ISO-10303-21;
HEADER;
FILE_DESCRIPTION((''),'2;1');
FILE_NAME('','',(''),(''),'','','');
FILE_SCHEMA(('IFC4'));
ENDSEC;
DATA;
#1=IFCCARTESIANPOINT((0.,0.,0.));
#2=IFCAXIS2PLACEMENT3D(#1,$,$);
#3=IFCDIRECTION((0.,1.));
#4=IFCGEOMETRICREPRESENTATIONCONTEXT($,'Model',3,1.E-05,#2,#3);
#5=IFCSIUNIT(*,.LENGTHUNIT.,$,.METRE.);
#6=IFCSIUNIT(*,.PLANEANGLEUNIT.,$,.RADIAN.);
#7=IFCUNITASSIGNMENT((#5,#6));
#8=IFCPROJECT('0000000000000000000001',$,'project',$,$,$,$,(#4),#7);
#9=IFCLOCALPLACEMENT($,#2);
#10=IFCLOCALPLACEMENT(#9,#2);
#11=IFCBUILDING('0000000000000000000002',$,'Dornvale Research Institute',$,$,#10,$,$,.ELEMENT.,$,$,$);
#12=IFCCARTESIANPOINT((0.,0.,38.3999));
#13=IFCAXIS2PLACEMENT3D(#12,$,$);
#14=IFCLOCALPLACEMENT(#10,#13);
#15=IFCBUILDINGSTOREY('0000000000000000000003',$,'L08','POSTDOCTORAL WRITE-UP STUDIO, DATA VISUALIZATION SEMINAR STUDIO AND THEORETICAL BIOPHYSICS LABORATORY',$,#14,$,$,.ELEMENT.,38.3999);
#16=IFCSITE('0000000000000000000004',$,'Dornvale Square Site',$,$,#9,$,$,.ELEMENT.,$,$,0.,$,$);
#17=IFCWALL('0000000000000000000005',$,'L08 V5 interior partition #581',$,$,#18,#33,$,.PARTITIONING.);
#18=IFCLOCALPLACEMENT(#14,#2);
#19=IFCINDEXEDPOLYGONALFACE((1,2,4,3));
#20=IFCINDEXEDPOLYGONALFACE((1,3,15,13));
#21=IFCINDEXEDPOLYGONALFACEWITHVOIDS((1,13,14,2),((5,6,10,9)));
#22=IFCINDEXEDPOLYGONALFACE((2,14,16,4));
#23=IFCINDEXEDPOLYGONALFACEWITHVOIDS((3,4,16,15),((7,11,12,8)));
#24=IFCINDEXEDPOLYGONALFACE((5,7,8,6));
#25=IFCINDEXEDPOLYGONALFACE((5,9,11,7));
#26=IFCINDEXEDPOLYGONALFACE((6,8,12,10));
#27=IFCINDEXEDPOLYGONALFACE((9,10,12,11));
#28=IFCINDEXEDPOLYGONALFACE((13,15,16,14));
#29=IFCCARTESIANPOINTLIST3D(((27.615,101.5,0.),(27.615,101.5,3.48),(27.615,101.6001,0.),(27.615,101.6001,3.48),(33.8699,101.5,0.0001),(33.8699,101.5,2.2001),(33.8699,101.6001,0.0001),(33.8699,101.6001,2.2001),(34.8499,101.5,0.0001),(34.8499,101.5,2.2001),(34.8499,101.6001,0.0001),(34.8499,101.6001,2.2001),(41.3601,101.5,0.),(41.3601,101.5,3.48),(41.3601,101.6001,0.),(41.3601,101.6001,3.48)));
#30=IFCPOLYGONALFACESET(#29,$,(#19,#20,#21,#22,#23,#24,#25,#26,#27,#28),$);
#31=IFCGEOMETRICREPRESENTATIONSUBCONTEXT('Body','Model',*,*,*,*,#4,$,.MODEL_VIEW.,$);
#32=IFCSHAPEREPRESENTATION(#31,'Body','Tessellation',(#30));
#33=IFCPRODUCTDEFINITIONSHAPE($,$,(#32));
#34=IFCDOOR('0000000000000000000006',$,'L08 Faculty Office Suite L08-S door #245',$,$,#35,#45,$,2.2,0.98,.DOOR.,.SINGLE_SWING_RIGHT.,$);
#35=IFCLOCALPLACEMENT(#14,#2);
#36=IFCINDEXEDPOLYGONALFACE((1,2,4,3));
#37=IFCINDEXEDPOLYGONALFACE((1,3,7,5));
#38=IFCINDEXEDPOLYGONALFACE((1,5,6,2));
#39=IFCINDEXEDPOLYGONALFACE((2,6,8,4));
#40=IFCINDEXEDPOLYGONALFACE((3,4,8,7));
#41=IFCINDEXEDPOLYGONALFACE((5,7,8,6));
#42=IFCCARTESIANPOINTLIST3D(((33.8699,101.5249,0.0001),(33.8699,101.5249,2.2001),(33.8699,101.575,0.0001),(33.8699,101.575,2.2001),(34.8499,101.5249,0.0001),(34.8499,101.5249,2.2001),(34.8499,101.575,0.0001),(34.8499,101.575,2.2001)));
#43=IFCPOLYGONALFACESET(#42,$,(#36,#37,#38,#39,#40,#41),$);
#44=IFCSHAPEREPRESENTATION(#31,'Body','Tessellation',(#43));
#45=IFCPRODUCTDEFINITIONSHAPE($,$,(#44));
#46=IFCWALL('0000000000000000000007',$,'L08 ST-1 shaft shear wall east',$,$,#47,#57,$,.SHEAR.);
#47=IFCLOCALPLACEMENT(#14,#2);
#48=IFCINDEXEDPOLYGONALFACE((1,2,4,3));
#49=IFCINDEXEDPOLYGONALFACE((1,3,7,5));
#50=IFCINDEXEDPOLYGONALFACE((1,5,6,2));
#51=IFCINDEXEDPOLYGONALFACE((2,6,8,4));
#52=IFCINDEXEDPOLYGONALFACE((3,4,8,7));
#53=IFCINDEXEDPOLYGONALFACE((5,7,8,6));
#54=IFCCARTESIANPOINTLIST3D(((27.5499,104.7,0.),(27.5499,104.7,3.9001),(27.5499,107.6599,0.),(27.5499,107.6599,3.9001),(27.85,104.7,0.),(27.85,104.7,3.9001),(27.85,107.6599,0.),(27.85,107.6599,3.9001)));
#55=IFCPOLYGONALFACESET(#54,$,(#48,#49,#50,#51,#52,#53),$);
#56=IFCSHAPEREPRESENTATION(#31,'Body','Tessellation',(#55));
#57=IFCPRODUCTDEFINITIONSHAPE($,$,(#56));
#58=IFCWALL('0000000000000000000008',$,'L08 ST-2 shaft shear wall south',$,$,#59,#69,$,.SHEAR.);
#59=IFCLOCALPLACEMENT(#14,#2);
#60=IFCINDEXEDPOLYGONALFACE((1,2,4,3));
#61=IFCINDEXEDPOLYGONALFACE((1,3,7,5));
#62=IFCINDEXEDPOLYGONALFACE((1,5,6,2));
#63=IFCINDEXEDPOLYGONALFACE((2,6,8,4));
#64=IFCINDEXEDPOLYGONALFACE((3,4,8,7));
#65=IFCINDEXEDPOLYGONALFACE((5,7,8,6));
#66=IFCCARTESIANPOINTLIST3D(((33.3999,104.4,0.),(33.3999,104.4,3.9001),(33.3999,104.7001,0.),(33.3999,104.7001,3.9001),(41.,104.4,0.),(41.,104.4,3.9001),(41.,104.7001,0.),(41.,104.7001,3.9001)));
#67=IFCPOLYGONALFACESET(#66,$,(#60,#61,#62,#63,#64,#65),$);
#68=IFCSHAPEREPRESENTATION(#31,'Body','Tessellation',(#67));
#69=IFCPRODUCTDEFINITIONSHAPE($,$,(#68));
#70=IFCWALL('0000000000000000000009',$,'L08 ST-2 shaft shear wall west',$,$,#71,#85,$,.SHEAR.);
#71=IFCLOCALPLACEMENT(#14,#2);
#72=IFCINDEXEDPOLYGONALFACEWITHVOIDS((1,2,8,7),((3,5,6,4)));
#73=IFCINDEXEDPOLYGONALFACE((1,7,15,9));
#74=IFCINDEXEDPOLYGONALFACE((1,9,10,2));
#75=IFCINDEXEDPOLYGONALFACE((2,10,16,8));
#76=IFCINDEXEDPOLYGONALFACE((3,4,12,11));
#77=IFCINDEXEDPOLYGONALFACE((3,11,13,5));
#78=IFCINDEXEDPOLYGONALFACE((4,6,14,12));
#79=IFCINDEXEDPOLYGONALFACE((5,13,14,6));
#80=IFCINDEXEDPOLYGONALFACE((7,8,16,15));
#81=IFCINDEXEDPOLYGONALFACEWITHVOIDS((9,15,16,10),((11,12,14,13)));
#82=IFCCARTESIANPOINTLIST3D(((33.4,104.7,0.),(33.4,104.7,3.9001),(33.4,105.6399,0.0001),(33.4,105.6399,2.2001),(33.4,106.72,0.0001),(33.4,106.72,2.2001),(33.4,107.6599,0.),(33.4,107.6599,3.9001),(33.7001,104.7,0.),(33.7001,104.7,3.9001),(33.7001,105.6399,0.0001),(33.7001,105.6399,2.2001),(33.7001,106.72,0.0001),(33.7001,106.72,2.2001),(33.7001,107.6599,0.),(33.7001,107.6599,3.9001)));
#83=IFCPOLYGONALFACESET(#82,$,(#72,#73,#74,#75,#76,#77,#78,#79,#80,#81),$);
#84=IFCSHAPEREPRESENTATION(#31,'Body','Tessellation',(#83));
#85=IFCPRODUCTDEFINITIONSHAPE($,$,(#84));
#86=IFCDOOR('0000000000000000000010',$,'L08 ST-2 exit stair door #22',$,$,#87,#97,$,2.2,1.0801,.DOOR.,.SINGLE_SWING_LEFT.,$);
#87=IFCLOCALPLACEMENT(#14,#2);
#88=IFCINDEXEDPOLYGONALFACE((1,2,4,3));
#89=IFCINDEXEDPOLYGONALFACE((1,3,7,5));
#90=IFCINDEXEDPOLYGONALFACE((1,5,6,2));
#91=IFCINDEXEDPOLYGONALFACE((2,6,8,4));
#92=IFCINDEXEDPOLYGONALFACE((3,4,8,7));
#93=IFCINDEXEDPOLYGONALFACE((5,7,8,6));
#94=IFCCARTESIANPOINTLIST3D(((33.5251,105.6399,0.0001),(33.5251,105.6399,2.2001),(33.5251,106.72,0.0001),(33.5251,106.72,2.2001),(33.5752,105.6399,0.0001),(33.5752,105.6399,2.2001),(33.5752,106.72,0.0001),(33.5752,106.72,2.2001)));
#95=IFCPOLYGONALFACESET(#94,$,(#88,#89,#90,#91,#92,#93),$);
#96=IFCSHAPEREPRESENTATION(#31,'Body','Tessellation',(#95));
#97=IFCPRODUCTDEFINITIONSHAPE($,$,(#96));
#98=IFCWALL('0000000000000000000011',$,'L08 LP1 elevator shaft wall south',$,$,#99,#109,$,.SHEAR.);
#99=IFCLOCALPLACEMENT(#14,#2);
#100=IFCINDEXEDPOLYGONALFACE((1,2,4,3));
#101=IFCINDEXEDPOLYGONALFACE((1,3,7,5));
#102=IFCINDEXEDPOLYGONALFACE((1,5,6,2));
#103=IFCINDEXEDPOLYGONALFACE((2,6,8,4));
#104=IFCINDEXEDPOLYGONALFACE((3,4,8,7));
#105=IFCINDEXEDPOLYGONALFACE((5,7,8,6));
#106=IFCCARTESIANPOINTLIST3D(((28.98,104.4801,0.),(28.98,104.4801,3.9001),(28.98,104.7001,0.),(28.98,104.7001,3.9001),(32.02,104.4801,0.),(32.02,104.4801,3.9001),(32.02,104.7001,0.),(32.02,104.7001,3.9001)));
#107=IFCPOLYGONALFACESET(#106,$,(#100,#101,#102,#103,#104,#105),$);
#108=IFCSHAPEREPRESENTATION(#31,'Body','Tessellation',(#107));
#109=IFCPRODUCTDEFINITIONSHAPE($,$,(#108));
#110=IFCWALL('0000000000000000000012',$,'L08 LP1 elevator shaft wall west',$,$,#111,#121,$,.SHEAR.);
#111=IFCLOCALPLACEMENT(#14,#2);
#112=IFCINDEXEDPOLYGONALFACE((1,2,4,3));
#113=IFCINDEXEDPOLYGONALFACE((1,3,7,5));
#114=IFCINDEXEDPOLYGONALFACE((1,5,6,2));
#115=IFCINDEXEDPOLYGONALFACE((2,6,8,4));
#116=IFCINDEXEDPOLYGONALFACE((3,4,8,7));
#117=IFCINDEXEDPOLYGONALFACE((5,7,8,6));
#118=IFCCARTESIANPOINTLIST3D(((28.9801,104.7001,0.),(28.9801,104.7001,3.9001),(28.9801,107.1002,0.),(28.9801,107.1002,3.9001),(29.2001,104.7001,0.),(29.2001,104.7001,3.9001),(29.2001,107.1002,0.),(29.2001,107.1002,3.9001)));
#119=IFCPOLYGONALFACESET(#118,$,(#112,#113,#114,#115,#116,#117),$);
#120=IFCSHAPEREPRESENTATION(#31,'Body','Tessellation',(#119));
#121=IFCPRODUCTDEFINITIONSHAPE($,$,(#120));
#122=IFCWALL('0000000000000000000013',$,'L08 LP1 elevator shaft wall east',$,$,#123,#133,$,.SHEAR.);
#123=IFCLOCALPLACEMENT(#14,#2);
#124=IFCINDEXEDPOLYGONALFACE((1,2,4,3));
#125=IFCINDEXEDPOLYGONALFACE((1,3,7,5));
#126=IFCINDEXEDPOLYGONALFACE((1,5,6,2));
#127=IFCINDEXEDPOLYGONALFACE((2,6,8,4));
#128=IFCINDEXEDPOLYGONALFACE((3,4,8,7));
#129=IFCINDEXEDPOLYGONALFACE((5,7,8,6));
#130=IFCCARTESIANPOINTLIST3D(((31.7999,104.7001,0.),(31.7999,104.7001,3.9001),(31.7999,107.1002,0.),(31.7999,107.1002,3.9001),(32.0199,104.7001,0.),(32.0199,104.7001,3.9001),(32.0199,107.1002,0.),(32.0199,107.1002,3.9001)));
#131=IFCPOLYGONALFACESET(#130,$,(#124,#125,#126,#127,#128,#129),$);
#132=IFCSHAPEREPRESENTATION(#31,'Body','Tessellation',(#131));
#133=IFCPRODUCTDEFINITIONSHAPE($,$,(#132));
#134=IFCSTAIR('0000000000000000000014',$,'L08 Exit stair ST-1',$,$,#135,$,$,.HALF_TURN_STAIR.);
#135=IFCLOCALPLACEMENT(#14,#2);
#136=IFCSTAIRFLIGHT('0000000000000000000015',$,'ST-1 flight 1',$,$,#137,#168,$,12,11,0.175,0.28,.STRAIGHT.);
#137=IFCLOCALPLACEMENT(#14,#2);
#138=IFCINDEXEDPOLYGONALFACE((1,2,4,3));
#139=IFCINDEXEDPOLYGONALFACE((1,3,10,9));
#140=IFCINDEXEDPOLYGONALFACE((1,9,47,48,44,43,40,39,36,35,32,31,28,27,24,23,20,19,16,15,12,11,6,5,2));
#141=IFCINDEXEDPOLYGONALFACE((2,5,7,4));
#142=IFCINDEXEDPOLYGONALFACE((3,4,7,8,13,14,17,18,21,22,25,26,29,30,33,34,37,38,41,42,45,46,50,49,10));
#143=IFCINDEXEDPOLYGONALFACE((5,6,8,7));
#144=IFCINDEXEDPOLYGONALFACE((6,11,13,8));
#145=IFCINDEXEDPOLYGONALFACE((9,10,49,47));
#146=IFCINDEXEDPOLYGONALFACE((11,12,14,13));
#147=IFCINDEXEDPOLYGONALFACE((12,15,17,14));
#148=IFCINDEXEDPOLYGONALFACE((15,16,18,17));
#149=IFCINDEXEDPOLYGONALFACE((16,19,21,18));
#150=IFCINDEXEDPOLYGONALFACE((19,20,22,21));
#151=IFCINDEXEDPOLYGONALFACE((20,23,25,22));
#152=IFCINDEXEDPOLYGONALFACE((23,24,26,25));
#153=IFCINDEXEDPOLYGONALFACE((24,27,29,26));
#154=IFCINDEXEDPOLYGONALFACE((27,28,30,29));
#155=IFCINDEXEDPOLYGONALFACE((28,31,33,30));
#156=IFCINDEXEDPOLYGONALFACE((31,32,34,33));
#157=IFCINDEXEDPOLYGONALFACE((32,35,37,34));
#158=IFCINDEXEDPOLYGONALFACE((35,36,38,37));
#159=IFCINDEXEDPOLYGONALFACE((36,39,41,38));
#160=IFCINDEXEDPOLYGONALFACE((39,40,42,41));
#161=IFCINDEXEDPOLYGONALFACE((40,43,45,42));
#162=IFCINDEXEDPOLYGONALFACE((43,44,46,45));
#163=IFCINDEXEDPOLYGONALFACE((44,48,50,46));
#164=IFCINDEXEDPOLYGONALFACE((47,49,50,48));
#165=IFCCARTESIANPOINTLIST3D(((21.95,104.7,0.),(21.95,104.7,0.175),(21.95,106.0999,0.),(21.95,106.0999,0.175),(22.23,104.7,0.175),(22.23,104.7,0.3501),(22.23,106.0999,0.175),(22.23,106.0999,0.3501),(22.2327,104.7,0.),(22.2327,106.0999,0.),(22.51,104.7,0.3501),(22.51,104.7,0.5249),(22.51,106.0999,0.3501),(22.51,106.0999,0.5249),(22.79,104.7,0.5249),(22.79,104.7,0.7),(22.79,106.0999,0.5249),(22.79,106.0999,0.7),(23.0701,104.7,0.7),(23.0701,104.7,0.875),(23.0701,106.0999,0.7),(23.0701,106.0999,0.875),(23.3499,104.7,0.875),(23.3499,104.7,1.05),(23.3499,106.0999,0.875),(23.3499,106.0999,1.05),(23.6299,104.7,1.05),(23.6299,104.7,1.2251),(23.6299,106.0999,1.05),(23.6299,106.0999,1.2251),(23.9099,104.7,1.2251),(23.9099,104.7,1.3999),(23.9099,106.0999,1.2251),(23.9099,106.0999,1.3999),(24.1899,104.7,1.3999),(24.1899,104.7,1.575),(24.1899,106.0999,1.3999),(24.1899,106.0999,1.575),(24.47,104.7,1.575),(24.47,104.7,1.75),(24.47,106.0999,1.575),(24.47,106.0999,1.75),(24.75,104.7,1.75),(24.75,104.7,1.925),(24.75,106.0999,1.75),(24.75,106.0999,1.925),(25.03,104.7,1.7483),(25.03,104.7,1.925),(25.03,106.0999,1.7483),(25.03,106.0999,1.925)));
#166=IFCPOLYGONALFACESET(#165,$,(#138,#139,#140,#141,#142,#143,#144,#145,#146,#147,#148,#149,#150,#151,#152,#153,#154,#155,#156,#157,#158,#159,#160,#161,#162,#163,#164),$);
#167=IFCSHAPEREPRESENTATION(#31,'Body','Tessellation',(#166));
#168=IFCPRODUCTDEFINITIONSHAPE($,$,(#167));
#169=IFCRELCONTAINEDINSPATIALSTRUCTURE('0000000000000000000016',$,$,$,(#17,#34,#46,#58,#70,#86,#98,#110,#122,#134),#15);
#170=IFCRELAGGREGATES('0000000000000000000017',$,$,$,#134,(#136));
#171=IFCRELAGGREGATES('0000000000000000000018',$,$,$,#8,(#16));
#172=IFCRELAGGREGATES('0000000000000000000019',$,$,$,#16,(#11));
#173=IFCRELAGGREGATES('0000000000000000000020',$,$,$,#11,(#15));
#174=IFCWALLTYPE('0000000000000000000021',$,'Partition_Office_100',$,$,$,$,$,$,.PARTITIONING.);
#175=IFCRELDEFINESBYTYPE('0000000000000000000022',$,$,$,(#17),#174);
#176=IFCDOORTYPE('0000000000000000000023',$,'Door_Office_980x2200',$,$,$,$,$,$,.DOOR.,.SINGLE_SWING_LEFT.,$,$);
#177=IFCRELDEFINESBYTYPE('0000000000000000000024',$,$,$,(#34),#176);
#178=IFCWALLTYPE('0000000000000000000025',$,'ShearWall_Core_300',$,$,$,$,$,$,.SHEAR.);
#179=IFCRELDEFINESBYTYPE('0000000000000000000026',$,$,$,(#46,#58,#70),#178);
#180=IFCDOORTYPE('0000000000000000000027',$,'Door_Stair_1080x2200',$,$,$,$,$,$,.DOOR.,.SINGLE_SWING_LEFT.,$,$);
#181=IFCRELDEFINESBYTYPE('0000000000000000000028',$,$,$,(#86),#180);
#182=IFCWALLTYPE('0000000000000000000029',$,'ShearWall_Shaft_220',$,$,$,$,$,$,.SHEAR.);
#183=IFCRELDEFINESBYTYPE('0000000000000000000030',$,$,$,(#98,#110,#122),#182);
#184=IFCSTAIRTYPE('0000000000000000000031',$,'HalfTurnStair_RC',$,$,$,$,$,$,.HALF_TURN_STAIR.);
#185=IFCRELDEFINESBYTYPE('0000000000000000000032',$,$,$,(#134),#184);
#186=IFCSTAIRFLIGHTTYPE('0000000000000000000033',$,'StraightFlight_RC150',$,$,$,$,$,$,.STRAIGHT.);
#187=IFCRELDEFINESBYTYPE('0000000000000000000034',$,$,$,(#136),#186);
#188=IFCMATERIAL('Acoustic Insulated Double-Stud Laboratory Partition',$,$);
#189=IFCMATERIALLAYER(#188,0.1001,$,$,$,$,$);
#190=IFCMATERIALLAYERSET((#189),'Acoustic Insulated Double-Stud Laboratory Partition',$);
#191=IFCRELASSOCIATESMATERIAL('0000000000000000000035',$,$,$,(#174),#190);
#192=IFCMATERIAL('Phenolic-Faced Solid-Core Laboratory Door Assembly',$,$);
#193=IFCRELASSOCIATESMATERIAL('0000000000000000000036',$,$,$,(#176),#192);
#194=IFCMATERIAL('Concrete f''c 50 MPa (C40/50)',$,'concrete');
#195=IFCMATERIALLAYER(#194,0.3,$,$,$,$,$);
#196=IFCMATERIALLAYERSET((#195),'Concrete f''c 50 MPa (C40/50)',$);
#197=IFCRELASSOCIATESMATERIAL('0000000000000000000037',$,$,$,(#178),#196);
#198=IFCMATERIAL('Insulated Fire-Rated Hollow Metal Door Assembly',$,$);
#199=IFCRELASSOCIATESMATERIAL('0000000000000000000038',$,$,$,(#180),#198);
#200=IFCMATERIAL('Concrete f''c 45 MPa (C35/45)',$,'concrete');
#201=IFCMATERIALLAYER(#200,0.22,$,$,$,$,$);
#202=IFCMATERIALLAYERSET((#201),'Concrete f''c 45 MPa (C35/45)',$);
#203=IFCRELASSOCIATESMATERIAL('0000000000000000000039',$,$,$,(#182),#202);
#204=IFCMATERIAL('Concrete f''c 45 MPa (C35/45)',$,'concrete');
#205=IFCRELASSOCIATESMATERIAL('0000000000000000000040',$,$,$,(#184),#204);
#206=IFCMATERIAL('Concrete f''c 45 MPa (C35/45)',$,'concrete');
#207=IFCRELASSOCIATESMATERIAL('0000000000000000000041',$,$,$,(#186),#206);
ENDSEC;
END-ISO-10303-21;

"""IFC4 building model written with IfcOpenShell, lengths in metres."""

from ifc_helpers import new_model, si_unit, direction, frame, frame_2d, origin, place, context, subcontext, project, spatial, polyline, rectangle, outline, extrude, material, layer, layer_set, type_object, element, fill, aggregate, save


model = new_model("IFC4")

# Units and contexts
model_context = context("Model", 3, precision=1e-05, world=origin(), true_north=direction((0.0, 1.0)))
body_context = subcontext(model_context, "Body", "Model", "MODEL_VIEW")
ifc_project = project(units=[si_unit("LENGTHUNIT", "METRE"), si_unit("PLANEANGLEUNIT", "RADIAN")], contexts=[model_context])

# Site, building, storey
site_placement = place(None, origin())
site = spatial("IfcSite", under=ifc_project, at=site_placement, Name="Dornvale Square Site", CompositionType="ELEMENT", RefElevation=0.0)
building_placement = place(site_placement, origin())
building = spatial("IfcBuilding", under=site, at=building_placement, Name="Dornvale Research Institute", CompositionType="ELEMENT")
storey_placement = place(building_placement, frame((0.0, 0.0, 38.3999)))
storey = spatial("IfcBuildingStorey", under=building, at=storey_placement, Name="L08", Description="POSTDOCTORAL WRITE-UP STUDIO, DATA VISUALIZATION SEMINAR STUDIO AND THEORETICAL BIOPHYSICS LABORATORY", CompositionType="ELEMENT", Elevation=38.3999)

# Wall, opening, door
ifc_material_1 = material(Name="Acoustic Insulated Double-Stud Laboratory Partition")
ifc_layer_1 = layer(ifc_material_1, 0.1001)
ifc_layer_set_1 = layer_set([ifc_layer_1], Name="Acoustic Insulated Double-Stud Laboratory Partition")
wall_type_1 = type_object("IfcWallType", Name="Partition_Office_100", PredefinedType="PARTITIONING", material=ifc_layer_set_1)
wall_1_placement = place(storey_placement, frame((27.615, 101.55, 0.0), z_axis=(0.0, 0.0, 1.0), x_axis=(1.0, 0.0, 0.0)))
wall_1 = element("IfcWall", 1, at=wall_1_placement, inside=storey, type_object=wall_type_1, Name="L08 V5 interior partition #581", PredefinedType="PARTITIONING", context=body_context, shape_type="SweptSolid", body=[
    extrude(rectangle(XDim=13.7451, YDim=0.1001, at=frame_2d((6.8726, 0.0))), origin(), (0.0, 0.0, 1.0), 3.48),
])
opening_1_placement = place(wall_1_placement, frame((6.2549, 0.0, 0.0)))
opening_1 = element("IfcOpeningElement", 2, at=opening_1_placement, cuts=wall_1, PredefinedType="OPENING", context=body_context, shape_type="SweptSolid", body=[
    extrude(rectangle(XDim=0.98, YDim=2.2, at=frame_2d((0.49, 1.1001))), frame((0.0, 0.0649, 0.0), z_axis=(0.0, -1.0, 0.0), x_axis=(1.0, 0.0, 0.0)), (0.0, 0.0, 1.0), 0.1301),
])
ifc_material_2 = material(Name="Phenolic-Faced Solid-Core Laboratory Door Assembly")
door_type_1 = type_object("IfcDoorType", Name="Door_Office_980x2200", OperationType="SINGLE_SWING_LEFT", PredefinedType="DOOR", material=ifc_material_2)
door_1_placement = place(opening_1_placement, origin())
door_1 = element("IfcDoor", 3, at=door_1_placement, inside=storey, type_object=door_type_1, Name="L08 Faculty Office Suite L08-S door #245", OperationType="SINGLE_SWING_RIGHT", OverallHeight=2.2, OverallWidth=0.98, PredefinedType="DOOR", context=body_context, shape_type="SweptSolid", body=[
    extrude(rectangle(XDim=0.98, YDim=2.2, at=frame_2d((0.49, 1.1001))), frame((0.0, 0.0249, 0.0), z_axis=(0.0, -1.0, 0.0), x_axis=(1.0, 0.0, 0.0)), (0.0, 0.0, 1.0), 0.05),
])
fill(opening_1, door_1)

# Walls
ifc_material_3 = material(Name="Concrete f'c 50 MPa (C40/50)", Category="concrete")
ifc_layer_2 = layer(ifc_material_3, 0.3)
ifc_layer_set_2 = layer_set([ifc_layer_2], Name="Concrete f'c 50 MPa (C40/50)")
wall_type_2 = type_object("IfcWallType", Name="ShearWall_Core_300", PredefinedType="SHEAR", material=ifc_layer_set_2)
wall_2_placement = place(storey_placement, frame((27.7, 104.7, 0.0), z_axis=(0.0, 0.0, 1.0), x_axis=(0.0, 1.0, 0.0)))
element("IfcWall", 4, at=wall_2_placement, inside=storey, type_object=wall_type_2, Name="L08 ST-1 shaft shear wall east", PredefinedType="SHEAR", context=body_context, shape_type="SweptSolid", body=[
    extrude(rectangle(XDim=2.96, YDim=0.3, at=frame_2d((1.48, 0.0))), origin(), (0.0, 0.0, 1.0), 3.9001),
])
wall_3_placement = place(storey_placement, frame((33.3999, 104.55, 0.0), z_axis=(0.0, 0.0, 1.0), x_axis=(1.0, 0.0, 0.0)))
element("IfcWall", 5, at=wall_3_placement, inside=storey, type_object=wall_type_2, Name="L08 ST-2 shaft shear wall south", PredefinedType="SHEAR", context=body_context, shape_type="SweptSolid", body=[
    extrude(rectangle(XDim=7.6001, YDim=0.3, at=frame_2d((3.8, 0.0))), origin(), (0.0, 0.0, 1.0), 3.9001),
])

# Wall, opening, door
wall_4_placement = place(storey_placement, frame((33.55, 104.7, 0.0), z_axis=(0.0, 0.0, 1.0), x_axis=(0.0, 1.0, 0.0)))
wall_4 = element("IfcWall", 6, at=wall_4_placement, inside=storey, type_object=wall_type_2, Name="L08 ST-2 shaft shear wall west", PredefinedType="SHEAR", context=body_context, shape_type="SweptSolid", body=[
    extrude(rectangle(XDim=2.96, YDim=0.3, at=frame_2d((1.48, 0.0))), origin(), (0.0, 0.0, 1.0), 3.9001),
])
opening_2_placement = place(wall_4_placement, frame((0.9399, 0.0, 0.0)))
opening_2 = element("IfcOpeningElement", 7, at=opening_2_placement, cuts=wall_4, PredefinedType="OPENING", context=body_context, shape_type="SweptSolid", body=[
    extrude(rectangle(XDim=1.0801, YDim=2.2, at=frame_2d((0.54, 1.1001))), frame((0.0, 0.165, 0.0), z_axis=(0.0, -1.0, 0.0), x_axis=(1.0, 0.0, 0.0)), (0.0, 0.0, 1.0), 0.3301),
])
ifc_material_4 = material(Name="Insulated Fire-Rated Hollow Metal Door Assembly")
door_type_2 = type_object("IfcDoorType", Name="Door_Stair_1080x2200", OperationType="SINGLE_SWING_LEFT", PredefinedType="DOOR", material=ifc_material_4)
door_2_placement = place(opening_2_placement, origin())
door_2 = element("IfcDoor", 8, at=door_2_placement, inside=storey, type_object=door_type_2, Name="L08 ST-2 exit stair door #22", OperationType="SINGLE_SWING_LEFT", OverallHeight=2.2, OverallWidth=1.0801, PredefinedType="DOOR", context=body_context, shape_type="SweptSolid", body=[
    extrude(rectangle(XDim=1.0801, YDim=2.2, at=frame_2d((0.54, 1.1001))), frame((0.0, 0.0249, 0.0), z_axis=(0.0, -1.0, 0.0), x_axis=(1.0, 0.0, 0.0)), (0.0, 0.0, 1.0), 0.05),
])
fill(opening_2, door_2)

# Walls
ifc_material_5 = material(Name="Concrete f'c 45 MPa (C35/45)", Category="concrete")
ifc_layer_3 = layer(ifc_material_5, 0.22)
ifc_layer_set_3 = layer_set([ifc_layer_3], Name="Concrete f'c 45 MPa (C35/45)")
wall_type_3 = type_object("IfcWallType", Name="ShearWall_Shaft_220", PredefinedType="SHEAR", material=ifc_layer_set_3)
wall_5_placement = place(storey_placement, frame((28.98, 104.5901, 0.0), z_axis=(0.0, 0.0, 1.0), x_axis=(1.0, 0.0, 0.0)))
element("IfcWall", 9, at=wall_5_placement, inside=storey, type_object=wall_type_3, Name="L08 LP1 elevator shaft wall south", PredefinedType="SHEAR", context=body_context, shape_type="SweptSolid", body=[
    extrude(rectangle(XDim=3.04, YDim=0.22, at=frame_2d((1.52, 0.0))), origin(), (0.0, 0.0, 1.0), 3.9001),
])
for number, where, z_axis, x_axis, name in (
    (10, (29.0901, 104.7, 0.0), (0.0, 0.0, 1.0), (0.0, 1.0, 0.0), "L08 LP1 elevator shaft wall west"),
    (11, (31.9099, 104.7, 0.0), (0.0, 0.0, 1.0), (0.0, 1.0, 0.0), "L08 LP1 elevator shaft wall east"),
):
    element("IfcWall", number, at=place(storey_placement, frame(where, z_axis=z_axis, x_axis=x_axis)), inside=storey, type_object=wall_type_3, Name=name, PredefinedType="SHEAR", context=body_context, shape_type="SweptSolid", body=[
        extrude(rectangle(XDim=2.4001, YDim=0.22, at=frame_2d((1.2002, 0.0))), origin(), (0.0, 0.0, 1.0), 3.9001),
    ])

# Stair, stair flight
ifc_material_6 = material(Name="Concrete f'c 45 MPa (C35/45)", Category="concrete")
stair_type = type_object("IfcStairType", Name="HalfTurnStair_RC", PredefinedType="HALF_TURN_STAIR", material=ifc_material_6)
stair_placement = place(storey_placement, origin())
stair = element("IfcStair", 12, at=stair_placement, inside=storey, type_object=stair_type, Name="L08 Exit stair ST-1", PredefinedType="HALF_TURN_STAIR")
ifc_material_7 = material(Name="Concrete f'c 45 MPa (C35/45)", Category="concrete")
stair_flight_type = type_object("IfcStairFlightType", Name="StraightFlight_RC150", PredefinedType="STRAIGHT", material=ifc_material_7)
stair_flight_placement = place(storey_placement, frame((21.95, 105.3999, 0.0), z_axis=(0.0, 0.0, 1.0), x_axis=(1.0, 0.0, 0.0)))
stair_flight = element("IfcStairFlight", 13, at=stair_flight_placement, type_object=stair_flight_type, Name="ST-1 flight 1", NumberOfRisers=12, NumberOfTreads=11, PredefinedType="STRAIGHT", RiserHeight=0.175, TreadLength=0.28, context=body_context, shape_type="SweptSolid", body=[
    extrude(outline(polyline([(0.0, 0.0), (0.0, 0.175), (0.28, 0.175), (0.28, 0.3501), (0.5601, 0.3501), (0.5601, 0.5249), (0.8401, 0.5249), (0.8401, 0.7), (1.1201, 0.7), (1.1201, 0.875), (1.3999, 0.875), (1.3999, 1.05), (1.6799, 1.05), (1.6799, 1.2251), (1.96, 1.2251), (1.96, 1.3999), (2.24, 1.3999), (2.24, 1.575), (2.52, 1.575), (2.52, 1.75), (2.8, 1.75), (2.8, 1.925), (3.0801, 1.925), (3.0801, 2.1001), (3.0801, 1.7483), (0.2827, 0.0), (0.0, 0.0)])), frame((0.0, 0.7, 0.0), z_axis=(0.0, -1.0, 0.0), x_axis=(1.0, 0.0, 0.0)), (0.0, 0.0, 1.0), 1.3999),
])
aggregate(stair, [stair_flight])

save(model, "model.ifc")
